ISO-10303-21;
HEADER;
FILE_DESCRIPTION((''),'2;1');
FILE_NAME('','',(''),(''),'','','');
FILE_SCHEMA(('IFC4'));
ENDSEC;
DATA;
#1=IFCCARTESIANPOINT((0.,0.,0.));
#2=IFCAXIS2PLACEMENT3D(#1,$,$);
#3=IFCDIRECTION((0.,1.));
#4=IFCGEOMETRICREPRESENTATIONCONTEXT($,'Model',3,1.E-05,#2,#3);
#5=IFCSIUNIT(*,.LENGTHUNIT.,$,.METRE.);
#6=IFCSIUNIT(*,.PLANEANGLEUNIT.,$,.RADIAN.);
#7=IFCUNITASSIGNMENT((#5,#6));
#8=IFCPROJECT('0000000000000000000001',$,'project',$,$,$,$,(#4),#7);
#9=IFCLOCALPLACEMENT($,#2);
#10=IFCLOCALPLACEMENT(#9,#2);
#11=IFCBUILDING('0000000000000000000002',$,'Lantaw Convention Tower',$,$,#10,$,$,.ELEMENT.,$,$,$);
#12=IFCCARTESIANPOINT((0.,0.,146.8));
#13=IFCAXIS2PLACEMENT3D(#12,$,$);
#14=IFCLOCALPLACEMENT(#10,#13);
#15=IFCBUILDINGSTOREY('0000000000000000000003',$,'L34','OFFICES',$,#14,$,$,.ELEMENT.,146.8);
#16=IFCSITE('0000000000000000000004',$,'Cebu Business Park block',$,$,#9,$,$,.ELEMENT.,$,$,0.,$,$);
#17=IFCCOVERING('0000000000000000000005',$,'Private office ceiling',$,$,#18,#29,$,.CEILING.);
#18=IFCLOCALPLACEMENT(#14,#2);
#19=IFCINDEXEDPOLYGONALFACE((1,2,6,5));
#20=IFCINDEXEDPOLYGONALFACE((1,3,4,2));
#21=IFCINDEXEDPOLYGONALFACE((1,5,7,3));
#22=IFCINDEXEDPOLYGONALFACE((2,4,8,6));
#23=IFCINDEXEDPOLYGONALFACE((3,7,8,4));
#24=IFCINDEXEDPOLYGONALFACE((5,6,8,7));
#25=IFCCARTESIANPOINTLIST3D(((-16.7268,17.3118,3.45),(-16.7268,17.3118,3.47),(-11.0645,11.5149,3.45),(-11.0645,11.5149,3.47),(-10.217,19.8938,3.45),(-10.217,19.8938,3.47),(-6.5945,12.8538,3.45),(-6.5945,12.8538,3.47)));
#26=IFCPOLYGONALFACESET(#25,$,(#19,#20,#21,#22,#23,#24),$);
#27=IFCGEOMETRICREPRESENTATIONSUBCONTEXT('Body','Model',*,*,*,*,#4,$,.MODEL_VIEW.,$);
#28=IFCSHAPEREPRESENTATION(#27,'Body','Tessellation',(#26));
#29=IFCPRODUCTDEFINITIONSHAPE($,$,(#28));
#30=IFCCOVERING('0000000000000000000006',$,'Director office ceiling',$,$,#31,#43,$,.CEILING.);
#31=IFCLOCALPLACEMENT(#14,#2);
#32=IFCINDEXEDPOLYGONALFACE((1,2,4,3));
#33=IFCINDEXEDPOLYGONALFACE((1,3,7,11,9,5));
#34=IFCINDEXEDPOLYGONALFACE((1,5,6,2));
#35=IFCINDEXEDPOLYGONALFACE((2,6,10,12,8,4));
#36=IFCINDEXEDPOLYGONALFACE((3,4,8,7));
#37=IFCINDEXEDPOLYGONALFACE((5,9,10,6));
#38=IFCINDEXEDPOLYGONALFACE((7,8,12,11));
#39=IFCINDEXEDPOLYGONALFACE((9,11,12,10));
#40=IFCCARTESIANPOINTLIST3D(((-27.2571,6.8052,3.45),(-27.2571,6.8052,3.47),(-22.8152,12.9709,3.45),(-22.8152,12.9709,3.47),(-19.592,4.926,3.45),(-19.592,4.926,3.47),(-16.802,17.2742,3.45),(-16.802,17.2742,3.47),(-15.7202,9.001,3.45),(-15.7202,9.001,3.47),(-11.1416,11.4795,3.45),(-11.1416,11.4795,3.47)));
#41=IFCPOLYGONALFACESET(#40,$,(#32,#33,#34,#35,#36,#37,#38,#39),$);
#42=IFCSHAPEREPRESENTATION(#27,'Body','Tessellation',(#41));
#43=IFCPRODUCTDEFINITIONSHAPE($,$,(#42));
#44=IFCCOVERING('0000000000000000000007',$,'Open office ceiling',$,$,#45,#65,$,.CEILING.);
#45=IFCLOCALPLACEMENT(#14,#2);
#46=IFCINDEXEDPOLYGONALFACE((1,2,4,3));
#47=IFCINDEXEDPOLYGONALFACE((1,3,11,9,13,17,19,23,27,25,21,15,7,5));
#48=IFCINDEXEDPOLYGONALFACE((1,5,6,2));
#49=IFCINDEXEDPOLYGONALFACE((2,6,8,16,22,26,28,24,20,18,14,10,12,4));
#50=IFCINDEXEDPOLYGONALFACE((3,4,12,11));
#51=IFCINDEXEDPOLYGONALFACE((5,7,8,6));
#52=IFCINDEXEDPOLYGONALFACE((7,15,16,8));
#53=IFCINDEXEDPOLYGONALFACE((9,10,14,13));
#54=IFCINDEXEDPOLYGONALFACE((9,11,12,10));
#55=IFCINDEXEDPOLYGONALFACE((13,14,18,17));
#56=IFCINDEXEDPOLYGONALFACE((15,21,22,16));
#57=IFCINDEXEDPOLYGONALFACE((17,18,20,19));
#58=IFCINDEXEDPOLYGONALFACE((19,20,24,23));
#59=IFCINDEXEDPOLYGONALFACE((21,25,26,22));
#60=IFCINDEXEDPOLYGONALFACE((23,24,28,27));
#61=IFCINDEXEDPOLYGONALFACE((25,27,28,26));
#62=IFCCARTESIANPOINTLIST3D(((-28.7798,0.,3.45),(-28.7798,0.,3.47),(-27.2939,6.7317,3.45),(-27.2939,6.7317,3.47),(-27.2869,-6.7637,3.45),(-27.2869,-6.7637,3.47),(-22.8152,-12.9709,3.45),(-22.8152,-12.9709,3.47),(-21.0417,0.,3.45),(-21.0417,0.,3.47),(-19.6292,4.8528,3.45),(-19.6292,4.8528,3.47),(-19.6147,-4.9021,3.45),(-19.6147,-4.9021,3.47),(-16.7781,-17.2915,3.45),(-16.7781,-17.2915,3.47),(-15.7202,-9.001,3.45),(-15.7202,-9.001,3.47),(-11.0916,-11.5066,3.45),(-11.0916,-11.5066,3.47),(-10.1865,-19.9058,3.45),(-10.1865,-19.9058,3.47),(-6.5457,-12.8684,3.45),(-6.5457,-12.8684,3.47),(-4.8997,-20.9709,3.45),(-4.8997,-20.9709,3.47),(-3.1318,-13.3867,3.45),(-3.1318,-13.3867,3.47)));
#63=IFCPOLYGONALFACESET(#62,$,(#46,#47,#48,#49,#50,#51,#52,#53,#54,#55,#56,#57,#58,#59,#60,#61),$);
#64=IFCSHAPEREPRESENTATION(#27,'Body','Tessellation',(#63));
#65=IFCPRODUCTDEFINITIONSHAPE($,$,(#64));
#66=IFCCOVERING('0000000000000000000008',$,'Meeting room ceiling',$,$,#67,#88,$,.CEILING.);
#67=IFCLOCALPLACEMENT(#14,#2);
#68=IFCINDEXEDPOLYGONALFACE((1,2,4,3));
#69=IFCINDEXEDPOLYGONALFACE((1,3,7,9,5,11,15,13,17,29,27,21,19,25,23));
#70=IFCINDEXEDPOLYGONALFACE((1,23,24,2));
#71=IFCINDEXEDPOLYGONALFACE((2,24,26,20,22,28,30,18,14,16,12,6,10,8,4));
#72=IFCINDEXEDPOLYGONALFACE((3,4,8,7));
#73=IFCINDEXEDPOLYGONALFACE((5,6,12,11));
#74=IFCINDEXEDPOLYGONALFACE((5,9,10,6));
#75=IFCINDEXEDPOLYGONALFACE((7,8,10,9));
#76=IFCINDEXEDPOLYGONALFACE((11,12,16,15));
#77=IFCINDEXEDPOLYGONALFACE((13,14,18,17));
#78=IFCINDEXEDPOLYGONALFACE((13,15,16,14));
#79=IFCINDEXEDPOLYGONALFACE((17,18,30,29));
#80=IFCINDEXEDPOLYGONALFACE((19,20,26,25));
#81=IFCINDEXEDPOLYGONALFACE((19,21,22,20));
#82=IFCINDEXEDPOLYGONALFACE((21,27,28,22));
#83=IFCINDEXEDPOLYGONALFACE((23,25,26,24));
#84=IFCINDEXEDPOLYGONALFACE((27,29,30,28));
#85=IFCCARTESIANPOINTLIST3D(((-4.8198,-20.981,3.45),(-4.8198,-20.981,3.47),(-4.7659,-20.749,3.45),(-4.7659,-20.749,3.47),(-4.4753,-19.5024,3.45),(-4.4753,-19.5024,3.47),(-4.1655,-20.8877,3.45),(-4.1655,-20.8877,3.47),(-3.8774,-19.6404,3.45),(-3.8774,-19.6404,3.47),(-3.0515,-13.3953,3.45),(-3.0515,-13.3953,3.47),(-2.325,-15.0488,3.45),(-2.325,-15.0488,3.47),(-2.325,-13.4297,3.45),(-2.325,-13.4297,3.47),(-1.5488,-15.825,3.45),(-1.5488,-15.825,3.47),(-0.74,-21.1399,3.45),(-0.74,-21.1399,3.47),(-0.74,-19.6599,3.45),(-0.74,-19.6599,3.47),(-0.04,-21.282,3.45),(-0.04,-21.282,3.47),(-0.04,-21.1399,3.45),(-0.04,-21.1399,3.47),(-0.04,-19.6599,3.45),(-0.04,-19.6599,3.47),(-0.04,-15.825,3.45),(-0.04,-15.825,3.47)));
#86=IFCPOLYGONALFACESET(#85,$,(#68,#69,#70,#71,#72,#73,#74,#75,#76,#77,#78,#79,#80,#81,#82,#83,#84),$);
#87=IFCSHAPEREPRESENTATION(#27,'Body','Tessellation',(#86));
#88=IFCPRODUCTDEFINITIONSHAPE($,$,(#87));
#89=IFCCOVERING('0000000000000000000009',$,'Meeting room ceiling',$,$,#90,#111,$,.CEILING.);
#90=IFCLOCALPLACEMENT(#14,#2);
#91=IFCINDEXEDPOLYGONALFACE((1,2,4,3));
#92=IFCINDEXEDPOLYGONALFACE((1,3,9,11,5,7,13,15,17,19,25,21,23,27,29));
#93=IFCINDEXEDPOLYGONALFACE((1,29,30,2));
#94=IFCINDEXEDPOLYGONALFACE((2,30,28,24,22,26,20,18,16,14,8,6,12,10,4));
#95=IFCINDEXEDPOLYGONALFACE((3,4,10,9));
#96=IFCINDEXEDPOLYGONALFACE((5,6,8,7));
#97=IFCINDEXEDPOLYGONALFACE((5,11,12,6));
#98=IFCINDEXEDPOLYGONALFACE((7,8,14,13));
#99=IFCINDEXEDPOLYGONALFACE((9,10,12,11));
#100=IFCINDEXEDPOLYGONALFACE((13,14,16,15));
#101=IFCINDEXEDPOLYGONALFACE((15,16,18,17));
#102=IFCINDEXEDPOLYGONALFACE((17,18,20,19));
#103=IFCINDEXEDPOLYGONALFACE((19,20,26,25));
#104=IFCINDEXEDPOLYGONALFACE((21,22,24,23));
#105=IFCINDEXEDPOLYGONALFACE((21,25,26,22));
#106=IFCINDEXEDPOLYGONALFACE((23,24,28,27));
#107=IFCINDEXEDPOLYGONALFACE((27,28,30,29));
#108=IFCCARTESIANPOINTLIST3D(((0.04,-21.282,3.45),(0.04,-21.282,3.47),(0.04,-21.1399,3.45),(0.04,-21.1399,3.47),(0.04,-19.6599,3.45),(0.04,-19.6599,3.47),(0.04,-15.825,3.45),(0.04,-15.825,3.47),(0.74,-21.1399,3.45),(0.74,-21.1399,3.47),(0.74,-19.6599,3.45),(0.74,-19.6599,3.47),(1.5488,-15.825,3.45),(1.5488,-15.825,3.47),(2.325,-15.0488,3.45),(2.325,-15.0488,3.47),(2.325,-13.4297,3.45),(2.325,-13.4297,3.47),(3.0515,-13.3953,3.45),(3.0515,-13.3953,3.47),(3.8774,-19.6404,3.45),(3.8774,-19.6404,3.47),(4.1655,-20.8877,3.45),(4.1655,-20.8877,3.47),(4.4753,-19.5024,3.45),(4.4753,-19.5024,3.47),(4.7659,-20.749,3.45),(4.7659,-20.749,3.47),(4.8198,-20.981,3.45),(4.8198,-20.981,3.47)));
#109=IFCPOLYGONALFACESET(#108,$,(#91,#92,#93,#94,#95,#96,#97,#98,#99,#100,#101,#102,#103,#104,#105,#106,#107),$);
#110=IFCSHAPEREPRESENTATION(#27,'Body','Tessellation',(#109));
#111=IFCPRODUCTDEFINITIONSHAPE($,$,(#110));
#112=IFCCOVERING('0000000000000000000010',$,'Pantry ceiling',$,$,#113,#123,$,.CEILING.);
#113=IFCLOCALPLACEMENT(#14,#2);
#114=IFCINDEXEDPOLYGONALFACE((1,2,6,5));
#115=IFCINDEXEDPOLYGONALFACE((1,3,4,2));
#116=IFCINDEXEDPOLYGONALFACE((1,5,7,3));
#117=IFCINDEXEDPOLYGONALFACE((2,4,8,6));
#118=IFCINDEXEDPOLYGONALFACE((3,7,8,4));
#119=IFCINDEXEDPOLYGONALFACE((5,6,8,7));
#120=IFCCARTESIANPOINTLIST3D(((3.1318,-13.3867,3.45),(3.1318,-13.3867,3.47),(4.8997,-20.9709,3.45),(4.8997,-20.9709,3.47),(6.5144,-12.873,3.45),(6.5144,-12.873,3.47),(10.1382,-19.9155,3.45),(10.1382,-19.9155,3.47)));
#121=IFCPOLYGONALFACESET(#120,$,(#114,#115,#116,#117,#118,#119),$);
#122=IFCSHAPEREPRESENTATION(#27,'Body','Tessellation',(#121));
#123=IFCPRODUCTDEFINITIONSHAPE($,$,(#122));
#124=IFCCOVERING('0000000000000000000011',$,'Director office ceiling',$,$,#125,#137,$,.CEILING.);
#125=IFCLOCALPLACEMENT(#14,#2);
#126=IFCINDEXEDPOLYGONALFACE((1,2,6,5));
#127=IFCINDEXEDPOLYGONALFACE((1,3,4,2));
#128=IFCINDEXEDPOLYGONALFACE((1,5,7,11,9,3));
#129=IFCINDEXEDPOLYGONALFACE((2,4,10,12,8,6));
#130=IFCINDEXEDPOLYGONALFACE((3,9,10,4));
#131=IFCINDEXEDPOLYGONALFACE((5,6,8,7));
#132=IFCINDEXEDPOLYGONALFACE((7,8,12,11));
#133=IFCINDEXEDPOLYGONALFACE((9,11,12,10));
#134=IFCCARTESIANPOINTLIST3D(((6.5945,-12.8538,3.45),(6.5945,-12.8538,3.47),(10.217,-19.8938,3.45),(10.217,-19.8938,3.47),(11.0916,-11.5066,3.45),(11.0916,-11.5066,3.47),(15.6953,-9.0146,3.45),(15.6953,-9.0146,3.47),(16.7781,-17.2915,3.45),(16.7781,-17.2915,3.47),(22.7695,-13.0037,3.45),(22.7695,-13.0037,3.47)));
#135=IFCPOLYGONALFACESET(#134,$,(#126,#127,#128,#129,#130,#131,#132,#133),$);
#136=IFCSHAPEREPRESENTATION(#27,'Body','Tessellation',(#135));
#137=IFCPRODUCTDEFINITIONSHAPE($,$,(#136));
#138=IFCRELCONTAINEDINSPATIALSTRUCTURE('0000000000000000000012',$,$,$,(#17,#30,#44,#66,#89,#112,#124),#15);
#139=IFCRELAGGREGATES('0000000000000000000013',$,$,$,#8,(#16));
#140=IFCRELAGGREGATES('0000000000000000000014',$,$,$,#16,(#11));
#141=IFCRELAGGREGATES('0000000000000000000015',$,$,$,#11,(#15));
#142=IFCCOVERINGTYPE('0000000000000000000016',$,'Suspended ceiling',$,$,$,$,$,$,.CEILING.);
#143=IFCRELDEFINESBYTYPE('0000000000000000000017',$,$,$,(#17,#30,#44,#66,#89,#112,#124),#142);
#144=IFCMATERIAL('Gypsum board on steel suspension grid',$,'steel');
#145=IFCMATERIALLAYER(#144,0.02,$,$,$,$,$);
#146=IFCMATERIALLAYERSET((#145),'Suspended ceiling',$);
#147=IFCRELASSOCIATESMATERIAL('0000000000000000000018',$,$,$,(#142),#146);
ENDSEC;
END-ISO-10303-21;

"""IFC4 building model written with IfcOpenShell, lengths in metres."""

from ifc_helpers import new_model, si_unit, direction, frame, origin, place, context, subcontext, project, spatial, polyline, outline, extrude, material, layer, layer_set, type_object, element, save


model = new_model("IFC4")

# Units and contexts
model_context = context("Model", 3, precision=1e-05, world=origin(), true_north=direction((0.0, 1.0)))
body_context = subcontext(model_context, "Body", "Model", "MODEL_VIEW")
ifc_project = project(units=[si_unit("LENGTHUNIT", "METRE"), si_unit("PLANEANGLEUNIT", "RADIAN")], contexts=[model_context])

# Site, building, storey
site_placement = place(None, origin())
site = spatial("IfcSite", under=ifc_project, at=site_placement, Name="Cebu Business Park block", CompositionType="ELEMENT", RefElevation=0.0)
building_placement = place(site_placement, origin())
building = spatial("IfcBuilding", under=site, at=building_placement, Name="Lantaw Convention Tower", CompositionType="ELEMENT")
storey_placement = place(building_placement, frame((0.0, 0.0, 146.8)))
storey = spatial("IfcBuildingStorey", under=building, at=storey_placement, Name="L34", Description="OFFICES", CompositionType="ELEMENT", Elevation=146.8)

# Coverings
ifc_material_1 = material(Name="Gypsum board on steel suspension grid", Category="steel")
ifc_layer_1 = layer(ifc_material_1, 0.02)
ifc_layer_set_1 = layer_set([ifc_layer_1], Name="Suspended ceiling")
covering_type = type_object("IfcCoveringType", Name="Suspended ceiling", PredefinedType="CEILING", material=ifc_layer_set_1)
covering_1_placement = place(storey_placement, frame((0.0, 0.0, 3.45)))
element("IfcCovering", 1, at=covering_1_placement, inside=storey, type_object=covering_type, Name="Private office ceiling", PredefinedType="CEILING", context=body_context, shape_type="SweptSolid", body=[
    extrude(outline(polyline([(-6.5945, 12.8538), (-10.217, 19.8938), (-16.7268, 17.3118), (-11.0645, 11.5149), (-6.5945, 12.8538)])), origin(), (0.0, 0.0, 1.0), 0.02),
])
covering_2_placement = place(storey_placement, frame((0.0, 0.0, 3.45)))
element("IfcCovering", 2, at=covering_2_placement, inside=storey, type_object=covering_type, Name="Director office ceiling", PredefinedType="CEILING", context=body_context, shape_type="SweptSolid", body=[
    extrude(outline(polyline([(-11.1416, 11.4795), (-16.802, 17.2742), (-22.8152, 12.9709), (-27.2571, 6.8052), (-19.592, 4.926), (-15.7202, 9.001), (-11.1416, 11.4795)])), origin(), (0.0, 0.0, 1.0), 0.02),
])
covering_3_placement = place(storey_placement, frame((0.0, 0.0, 3.45)))
element("IfcCovering", 3, at=covering_3_placement, inside=storey, type_object=covering_type, Name="Open office ceiling", PredefinedType="CEILING", context=body_context, shape_type="SweptSolid", body=[
    extrude(outline(polyline([(-19.6292, 4.8528), (-27.2939, 6.7317), (-28.7798, 0.0), (-27.2869, -6.7637), (-22.8152, -12.9709), (-16.7781, -17.2915), (-10.1865, -19.9058), (-4.8997, -20.9709), (-3.1318, -13.3867), (-6.5457, -12.8684), (-11.0916, -11.5066), (-15.7202, -9.001), (-19.6147, -4.9021), (-21.0417, 0.0), (-19.6292, 4.8528)])), origin(), (0.0, 0.0, 1.0), 0.02),
])
covering_4_placement = place(storey_placement, frame((0.0, 0.0, 3.45)))
element("IfcCovering", 4, at=covering_4_placement, inside=storey, type_object=covering_type, Name="Meeting room ceiling", PredefinedType="CEILING", context=body_context, shape_type="SweptSolid", body=[
    extrude(outline(polyline([(-2.325, -15.0488), (-2.325, -13.4297), (-3.0515, -13.3953), (-4.4753, -19.5024), (-3.8774, -19.6404), (-4.1655, -20.8877), (-4.7659, -20.749), (-4.8198, -20.981), (-0.04, -21.282), (-0.04, -21.1399), (-0.74, -21.1399), (-0.74, -19.6599), (-0.04, -19.6599), (-0.04, -15.825), (-1.5488, -15.825), (-2.325, -15.0488)])), origin(), (0.0, 0.0, 1.0), 0.02),
])
covering_5_placement = place(storey_placement, frame((0.0, 0.0, 3.45)))
element("IfcCovering", 5, at=covering_5_placement, inside=storey, type_object=covering_type, Name="Meeting room ceiling", PredefinedType="CEILING", context=body_context, shape_type="SweptSolid", body=[
    extrude(outline(polyline([(4.4753, -19.5024), (3.0515, -13.3953), (2.325, -13.4297), (2.325, -15.0488), (1.5488, -15.825), (0.04, -15.825), (0.04, -19.6599), (0.74, -19.6599), (0.74, -21.1399), (0.04, -21.1399), (0.04, -21.282), (4.8198, -20.981), (4.7659, -20.749), (4.1655, -20.8877), (3.8774, -19.6404), (4.4753, -19.5024)])), origin(), (0.0, 0.0, 1.0), 0.02),
])
covering_6_placement = place(storey_placement, frame((0.0, 0.0, 3.45)))
element("IfcCovering", 6, at=covering_6_placement, inside=storey, type_object=covering_type, Name="Pantry ceiling", PredefinedType="CEILING", context=body_context, shape_type="SweptSolid", body=[
    extrude(outline(polyline([(3.1318, -13.3867), (4.8997, -20.9709), (10.1382, -19.9155), (6.5144, -12.873), (3.1318, -13.3867)])), origin(), (0.0, 0.0, 1.0), 0.02),
])
covering_7_placement = place(storey_placement, frame((0.0, 0.0, 3.45)))
element("IfcCovering", 7, at=covering_7_placement, inside=storey, type_object=covering_type, Name="Director office ceiling", PredefinedType="CEILING", context=body_context, shape_type="SweptSolid", body=[
    extrude(outline(polyline([(6.5945, -12.8538), (10.217, -19.8938), (16.7781, -17.2915), (22.7695, -13.0037), (15.6953, -9.0146), (11.0916, -11.5066), (6.5945, -12.8538)])), origin(), (0.0, 0.0, 1.0), 0.02),
])

save(model, "model.ifc")
